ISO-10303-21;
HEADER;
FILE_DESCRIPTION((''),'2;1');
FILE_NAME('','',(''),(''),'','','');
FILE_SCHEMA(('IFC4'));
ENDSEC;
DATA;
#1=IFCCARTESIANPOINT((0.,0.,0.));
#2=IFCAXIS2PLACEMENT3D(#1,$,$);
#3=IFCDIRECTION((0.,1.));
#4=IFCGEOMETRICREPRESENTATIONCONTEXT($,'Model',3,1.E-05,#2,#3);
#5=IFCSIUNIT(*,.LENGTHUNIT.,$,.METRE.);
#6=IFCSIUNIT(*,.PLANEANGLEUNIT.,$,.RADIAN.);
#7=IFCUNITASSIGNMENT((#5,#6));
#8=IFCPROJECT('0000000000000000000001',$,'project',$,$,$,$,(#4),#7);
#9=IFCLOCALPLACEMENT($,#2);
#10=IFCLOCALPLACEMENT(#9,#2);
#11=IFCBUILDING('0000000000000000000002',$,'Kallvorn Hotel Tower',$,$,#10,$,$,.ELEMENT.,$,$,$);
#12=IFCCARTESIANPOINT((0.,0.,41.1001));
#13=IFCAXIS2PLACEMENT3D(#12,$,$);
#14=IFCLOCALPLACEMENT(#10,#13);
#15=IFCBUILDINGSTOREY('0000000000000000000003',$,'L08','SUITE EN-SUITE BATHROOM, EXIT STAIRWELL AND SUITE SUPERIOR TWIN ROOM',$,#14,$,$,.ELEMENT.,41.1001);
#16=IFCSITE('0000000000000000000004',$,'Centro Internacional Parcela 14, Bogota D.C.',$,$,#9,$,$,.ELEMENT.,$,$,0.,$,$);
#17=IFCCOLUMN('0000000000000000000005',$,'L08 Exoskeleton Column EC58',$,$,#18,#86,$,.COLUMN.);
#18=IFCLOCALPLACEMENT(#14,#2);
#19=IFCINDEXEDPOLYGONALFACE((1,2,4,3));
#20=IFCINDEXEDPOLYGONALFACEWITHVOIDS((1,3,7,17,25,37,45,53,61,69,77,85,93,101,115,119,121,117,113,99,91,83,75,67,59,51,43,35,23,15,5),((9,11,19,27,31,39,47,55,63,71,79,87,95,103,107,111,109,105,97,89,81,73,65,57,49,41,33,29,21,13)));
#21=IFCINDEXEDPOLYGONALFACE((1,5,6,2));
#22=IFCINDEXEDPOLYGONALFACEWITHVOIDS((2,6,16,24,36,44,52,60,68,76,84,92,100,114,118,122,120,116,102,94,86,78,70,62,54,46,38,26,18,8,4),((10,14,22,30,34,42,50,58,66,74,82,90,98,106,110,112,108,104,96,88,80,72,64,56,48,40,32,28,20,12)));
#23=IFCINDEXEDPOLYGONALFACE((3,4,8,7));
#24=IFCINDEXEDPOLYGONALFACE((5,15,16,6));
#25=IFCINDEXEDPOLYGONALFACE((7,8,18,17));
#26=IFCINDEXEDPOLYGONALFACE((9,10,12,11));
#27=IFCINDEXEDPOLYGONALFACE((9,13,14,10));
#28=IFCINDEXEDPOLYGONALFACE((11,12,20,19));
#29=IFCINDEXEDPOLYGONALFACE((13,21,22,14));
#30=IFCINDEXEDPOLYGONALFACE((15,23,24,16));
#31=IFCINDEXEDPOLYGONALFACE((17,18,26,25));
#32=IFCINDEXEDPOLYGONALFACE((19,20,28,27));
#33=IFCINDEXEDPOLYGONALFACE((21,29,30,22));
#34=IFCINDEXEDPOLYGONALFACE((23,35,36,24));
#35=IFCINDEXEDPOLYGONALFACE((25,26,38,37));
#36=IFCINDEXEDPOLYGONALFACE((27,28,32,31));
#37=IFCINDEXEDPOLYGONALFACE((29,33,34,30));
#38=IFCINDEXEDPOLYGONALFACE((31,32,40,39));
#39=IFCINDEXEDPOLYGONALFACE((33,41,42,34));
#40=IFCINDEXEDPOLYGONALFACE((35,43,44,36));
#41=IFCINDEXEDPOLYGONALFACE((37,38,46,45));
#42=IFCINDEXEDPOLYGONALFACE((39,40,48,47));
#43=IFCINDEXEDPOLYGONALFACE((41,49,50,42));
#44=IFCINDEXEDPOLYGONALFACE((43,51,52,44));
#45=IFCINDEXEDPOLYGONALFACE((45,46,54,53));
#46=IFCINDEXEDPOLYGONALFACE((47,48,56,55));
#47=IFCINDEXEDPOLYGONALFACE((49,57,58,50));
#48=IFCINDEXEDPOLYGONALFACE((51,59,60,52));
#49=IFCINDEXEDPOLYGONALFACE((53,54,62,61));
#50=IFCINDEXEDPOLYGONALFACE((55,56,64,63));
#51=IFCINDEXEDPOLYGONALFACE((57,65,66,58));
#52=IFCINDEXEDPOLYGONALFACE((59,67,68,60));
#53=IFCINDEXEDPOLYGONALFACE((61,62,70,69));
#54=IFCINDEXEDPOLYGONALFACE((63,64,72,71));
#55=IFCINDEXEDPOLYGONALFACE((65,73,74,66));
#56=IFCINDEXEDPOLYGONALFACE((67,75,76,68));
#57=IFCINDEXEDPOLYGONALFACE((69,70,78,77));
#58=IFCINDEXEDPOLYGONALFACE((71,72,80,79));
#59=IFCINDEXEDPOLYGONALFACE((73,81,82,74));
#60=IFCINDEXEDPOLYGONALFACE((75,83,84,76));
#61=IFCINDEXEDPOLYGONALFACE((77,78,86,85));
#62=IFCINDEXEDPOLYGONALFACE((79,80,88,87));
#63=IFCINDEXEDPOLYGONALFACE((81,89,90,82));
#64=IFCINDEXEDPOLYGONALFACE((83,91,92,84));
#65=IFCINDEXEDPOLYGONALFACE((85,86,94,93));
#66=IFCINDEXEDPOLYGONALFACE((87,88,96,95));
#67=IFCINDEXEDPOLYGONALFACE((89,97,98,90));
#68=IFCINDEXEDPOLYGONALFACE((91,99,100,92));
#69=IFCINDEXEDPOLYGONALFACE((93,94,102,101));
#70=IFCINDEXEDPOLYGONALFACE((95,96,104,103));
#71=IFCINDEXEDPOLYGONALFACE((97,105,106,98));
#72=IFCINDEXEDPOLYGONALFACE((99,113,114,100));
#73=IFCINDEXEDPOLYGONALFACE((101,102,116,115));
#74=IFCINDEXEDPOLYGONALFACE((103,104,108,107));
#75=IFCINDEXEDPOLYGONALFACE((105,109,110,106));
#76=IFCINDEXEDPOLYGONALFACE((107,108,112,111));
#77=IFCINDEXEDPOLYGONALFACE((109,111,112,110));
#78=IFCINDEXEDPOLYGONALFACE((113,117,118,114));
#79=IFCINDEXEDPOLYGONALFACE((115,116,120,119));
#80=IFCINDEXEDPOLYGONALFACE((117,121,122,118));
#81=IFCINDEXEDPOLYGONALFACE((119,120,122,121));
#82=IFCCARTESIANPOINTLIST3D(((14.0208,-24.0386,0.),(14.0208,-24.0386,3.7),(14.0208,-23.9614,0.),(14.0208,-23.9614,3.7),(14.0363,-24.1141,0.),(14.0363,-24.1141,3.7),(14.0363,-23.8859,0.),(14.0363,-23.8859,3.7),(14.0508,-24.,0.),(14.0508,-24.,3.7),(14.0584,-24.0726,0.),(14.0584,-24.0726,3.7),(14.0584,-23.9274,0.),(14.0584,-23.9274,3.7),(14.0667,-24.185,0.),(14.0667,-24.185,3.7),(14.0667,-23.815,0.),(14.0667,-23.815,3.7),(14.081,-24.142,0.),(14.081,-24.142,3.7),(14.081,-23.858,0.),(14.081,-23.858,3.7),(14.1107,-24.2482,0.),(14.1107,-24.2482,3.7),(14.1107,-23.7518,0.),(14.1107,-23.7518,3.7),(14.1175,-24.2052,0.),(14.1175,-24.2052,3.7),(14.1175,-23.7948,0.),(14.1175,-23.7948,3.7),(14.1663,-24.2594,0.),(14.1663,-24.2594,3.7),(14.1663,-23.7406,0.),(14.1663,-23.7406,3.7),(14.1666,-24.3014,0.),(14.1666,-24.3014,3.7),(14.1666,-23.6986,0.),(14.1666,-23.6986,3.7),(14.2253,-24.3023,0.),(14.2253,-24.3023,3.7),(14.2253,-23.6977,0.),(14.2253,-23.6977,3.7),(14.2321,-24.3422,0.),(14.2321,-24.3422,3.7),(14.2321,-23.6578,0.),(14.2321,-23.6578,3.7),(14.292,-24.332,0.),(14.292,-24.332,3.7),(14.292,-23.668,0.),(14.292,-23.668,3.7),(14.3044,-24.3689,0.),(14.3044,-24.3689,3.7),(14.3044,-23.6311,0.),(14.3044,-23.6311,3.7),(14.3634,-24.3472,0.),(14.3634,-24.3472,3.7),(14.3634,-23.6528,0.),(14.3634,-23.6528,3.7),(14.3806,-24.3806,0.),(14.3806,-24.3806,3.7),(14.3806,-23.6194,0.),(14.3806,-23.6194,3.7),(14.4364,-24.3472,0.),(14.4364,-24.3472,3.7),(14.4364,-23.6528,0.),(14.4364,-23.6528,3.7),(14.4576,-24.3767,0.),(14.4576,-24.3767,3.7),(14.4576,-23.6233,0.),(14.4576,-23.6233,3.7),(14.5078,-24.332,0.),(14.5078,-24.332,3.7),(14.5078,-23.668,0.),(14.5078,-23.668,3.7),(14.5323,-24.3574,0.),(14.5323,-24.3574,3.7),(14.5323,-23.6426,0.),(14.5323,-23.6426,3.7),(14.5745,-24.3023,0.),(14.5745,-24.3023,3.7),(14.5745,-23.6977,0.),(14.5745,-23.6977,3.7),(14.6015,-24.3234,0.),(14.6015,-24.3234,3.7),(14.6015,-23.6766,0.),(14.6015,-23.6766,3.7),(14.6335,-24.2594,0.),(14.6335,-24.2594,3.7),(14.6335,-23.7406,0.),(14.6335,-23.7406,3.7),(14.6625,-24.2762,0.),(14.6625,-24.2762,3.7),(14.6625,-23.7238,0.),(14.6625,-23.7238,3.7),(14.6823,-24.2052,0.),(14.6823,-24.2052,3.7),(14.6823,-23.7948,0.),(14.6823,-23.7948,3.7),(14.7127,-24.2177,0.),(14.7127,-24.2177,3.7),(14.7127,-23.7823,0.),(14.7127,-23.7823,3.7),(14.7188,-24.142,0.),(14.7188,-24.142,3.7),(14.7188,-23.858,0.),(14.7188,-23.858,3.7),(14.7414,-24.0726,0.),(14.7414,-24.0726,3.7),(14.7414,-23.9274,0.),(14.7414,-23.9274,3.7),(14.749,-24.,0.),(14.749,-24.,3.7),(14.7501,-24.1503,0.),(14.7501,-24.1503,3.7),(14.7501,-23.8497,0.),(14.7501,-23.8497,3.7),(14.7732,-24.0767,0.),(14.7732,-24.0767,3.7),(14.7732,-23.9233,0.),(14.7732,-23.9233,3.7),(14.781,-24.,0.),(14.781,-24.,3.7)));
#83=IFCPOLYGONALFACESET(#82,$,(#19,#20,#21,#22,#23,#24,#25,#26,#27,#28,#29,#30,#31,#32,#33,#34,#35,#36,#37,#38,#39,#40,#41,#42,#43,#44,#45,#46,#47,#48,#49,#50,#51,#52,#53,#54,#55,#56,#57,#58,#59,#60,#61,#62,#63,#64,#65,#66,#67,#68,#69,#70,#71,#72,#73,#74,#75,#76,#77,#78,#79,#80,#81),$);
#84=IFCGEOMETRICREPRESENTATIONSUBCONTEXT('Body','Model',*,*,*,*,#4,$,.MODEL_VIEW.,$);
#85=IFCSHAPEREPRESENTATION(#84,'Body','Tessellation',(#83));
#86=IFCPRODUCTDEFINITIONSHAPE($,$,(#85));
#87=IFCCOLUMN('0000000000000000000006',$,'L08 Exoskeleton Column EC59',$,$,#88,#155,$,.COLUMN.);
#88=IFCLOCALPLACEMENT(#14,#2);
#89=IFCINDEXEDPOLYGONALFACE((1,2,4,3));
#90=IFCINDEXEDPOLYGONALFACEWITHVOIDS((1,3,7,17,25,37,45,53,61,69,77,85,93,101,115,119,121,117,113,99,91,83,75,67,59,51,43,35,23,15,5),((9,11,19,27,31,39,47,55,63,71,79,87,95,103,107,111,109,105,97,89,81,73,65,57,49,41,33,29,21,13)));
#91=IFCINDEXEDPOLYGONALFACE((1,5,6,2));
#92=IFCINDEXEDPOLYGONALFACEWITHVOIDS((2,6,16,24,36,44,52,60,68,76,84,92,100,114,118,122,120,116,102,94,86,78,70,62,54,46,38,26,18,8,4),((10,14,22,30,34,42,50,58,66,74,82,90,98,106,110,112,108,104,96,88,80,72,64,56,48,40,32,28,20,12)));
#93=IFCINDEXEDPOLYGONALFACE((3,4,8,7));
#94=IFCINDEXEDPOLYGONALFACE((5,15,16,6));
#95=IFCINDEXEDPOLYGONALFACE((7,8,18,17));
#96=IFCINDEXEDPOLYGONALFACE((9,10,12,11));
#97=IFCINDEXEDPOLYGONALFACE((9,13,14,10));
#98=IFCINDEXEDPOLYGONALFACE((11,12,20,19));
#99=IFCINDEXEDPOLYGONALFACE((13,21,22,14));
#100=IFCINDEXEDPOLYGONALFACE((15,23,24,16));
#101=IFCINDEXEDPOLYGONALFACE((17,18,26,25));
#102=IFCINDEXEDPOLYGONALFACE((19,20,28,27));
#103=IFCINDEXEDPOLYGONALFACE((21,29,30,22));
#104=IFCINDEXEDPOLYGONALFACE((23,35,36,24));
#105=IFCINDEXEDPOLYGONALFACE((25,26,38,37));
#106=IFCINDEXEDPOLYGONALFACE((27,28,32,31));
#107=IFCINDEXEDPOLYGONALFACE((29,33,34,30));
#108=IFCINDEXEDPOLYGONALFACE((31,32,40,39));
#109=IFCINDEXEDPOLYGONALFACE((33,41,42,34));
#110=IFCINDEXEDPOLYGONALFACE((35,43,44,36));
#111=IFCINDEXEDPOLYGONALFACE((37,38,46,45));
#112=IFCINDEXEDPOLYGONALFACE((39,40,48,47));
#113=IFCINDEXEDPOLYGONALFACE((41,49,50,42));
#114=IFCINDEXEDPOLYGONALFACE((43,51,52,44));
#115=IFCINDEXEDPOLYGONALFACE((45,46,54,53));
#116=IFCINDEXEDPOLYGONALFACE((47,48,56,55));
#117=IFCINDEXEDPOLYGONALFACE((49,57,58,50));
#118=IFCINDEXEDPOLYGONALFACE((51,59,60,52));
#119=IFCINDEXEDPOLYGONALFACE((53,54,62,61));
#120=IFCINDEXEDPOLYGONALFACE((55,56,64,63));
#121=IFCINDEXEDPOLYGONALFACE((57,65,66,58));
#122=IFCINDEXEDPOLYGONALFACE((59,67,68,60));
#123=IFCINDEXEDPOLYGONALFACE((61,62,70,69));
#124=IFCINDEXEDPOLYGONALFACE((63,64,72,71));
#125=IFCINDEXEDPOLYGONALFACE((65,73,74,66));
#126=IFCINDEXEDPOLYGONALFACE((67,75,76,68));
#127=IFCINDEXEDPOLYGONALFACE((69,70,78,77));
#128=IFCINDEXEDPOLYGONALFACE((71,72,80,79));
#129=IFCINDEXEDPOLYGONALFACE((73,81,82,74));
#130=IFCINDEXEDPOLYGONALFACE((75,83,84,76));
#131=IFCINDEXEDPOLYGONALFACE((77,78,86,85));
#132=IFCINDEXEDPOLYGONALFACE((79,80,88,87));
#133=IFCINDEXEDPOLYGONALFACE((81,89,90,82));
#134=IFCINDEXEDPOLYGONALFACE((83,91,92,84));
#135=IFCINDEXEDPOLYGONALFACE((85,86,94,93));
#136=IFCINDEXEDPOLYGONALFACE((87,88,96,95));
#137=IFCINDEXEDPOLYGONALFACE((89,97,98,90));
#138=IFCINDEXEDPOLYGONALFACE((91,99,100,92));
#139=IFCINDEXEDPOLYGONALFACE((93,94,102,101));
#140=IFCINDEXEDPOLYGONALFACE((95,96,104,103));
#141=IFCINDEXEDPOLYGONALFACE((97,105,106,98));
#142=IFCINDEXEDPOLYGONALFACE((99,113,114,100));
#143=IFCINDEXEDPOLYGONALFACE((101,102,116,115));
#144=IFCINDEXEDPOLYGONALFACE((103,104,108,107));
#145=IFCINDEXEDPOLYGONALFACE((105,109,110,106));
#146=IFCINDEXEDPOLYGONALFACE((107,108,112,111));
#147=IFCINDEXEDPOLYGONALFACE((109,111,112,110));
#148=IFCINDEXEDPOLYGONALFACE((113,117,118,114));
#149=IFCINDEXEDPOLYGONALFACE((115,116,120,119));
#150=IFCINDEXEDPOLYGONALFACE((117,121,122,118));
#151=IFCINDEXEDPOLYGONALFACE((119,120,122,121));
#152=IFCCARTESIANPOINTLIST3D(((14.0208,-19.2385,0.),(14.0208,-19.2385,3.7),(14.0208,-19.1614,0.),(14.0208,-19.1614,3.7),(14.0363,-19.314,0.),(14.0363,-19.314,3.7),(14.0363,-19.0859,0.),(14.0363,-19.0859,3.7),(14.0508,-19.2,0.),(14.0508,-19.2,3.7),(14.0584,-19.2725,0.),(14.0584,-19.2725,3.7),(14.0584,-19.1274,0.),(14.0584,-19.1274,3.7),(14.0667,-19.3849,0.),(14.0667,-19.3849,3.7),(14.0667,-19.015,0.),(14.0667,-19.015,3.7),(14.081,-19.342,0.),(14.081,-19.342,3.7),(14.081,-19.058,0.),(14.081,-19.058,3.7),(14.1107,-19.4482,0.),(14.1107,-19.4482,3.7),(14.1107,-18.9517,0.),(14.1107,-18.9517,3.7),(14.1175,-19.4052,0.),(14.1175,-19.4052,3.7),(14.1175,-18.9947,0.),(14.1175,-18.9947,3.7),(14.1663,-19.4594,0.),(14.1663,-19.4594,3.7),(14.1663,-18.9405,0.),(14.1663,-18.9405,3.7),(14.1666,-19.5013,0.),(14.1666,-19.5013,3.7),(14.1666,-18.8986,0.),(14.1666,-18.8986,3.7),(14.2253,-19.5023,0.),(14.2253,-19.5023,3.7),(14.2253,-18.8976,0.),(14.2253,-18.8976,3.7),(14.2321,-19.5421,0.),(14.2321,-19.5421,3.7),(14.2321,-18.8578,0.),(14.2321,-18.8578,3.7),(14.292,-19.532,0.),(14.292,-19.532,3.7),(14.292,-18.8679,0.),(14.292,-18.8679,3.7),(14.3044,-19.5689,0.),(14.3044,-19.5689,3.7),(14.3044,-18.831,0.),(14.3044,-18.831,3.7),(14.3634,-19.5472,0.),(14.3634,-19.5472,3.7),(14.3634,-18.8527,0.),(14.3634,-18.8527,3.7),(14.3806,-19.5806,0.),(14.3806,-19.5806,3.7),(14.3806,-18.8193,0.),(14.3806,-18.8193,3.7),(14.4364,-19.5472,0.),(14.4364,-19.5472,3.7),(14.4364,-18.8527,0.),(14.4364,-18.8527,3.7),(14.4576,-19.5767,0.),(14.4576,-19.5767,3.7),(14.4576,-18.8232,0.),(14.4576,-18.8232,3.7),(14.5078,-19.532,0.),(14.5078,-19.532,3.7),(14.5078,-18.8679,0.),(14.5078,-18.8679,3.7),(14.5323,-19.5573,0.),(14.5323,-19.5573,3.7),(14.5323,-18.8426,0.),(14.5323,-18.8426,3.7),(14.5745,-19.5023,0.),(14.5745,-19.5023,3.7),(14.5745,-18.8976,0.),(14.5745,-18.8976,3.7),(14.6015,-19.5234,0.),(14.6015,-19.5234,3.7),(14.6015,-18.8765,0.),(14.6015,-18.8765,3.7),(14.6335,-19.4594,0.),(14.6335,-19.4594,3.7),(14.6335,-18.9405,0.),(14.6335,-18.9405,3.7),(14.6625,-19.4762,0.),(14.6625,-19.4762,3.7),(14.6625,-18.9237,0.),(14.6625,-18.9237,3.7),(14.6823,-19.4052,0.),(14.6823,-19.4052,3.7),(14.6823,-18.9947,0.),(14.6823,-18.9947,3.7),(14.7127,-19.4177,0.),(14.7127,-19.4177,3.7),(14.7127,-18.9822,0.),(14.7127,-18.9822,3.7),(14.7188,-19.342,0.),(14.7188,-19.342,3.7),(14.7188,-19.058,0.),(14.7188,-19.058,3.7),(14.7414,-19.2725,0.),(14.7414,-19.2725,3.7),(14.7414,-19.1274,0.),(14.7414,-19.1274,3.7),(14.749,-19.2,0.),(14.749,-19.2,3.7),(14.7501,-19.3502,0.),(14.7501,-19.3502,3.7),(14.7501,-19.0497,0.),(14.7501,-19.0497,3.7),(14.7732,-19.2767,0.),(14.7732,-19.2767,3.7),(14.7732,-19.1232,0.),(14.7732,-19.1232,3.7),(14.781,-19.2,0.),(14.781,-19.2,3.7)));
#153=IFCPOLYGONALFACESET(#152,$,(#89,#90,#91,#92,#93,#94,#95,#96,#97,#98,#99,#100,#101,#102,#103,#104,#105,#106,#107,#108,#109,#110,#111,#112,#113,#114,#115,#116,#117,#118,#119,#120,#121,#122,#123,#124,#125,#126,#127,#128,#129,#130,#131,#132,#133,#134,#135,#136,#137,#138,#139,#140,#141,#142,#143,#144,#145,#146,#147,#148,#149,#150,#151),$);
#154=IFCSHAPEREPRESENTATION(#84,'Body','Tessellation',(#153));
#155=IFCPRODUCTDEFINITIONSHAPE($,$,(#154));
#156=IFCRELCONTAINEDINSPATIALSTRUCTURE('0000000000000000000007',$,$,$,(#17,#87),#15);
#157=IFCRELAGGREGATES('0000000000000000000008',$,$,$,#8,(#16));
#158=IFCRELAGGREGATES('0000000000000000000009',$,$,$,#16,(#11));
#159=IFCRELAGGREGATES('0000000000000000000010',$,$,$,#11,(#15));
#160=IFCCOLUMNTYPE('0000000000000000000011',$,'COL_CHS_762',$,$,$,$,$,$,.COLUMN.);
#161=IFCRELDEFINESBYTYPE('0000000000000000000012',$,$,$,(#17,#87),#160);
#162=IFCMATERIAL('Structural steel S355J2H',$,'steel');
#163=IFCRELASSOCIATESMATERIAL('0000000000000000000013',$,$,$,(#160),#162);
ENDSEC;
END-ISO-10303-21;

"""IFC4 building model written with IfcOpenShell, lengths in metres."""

from ifc_helpers import new_model, si_unit, direction, frame, origin, origin_2d, place, context, subcontext, project, spatial, hollow_circle, extrude, material, material_profile, profile_set, type_object, element, save


model = new_model("IFC4")

# Units and contexts
model_context = context("Model", 3, precision=1e-05, world=origin(), true_north=direction((0.0, 1.0)))
body_context = subcontext(model_context, "Body", "Model", "MODEL_VIEW")
ifc_project = project(units=[si_unit("LENGTHUNIT", "METRE"), si_unit("PLANEANGLEUNIT", "RADIAN")], contexts=[model_context])

# Site, building, storey
site_placement = place(None, origin())
site = spatial("IfcSite", under=ifc_project, at=site_placement, Name="Centro Internacional Parcela 14, Bogota D.C.", CompositionType="ELEMENT", RefElevation=0.0)
building_placement = place(site_placement, origin())
building = spatial("IfcBuilding", under=site, at=building_placement, Name="Kallvorn Hotel Tower", CompositionType="ELEMENT")
storey_placement = place(building_placement, frame((0.0, 0.0, 41.1001)))
storey = spatial("IfcBuildingStorey", under=building, at=storey_placement, Name="L08", Description="SUITE EN-SUITE BATHROOM, EXIT STAIRWELL AND SUITE SUPERIOR TWIN ROOM", CompositionType="ELEMENT", Elevation=41.1001)

# Columns
ifc_material_1 = material(Name="Structural steel S355J2H", Category="steel")
ifc_material_profile_1 = material_profile(ifc_material_1, hollow_circle(Radius=0.3811, WallThickness=0.032, at=origin_2d()), Name="CHS 762x32")
ifc_profile_set_1 = profile_set([ifc_material_profile_1], Name="Structural steel S355J2H")
column_type = type_object("IfcColumnType", Name="COL_CHS_762", PredefinedType="COLUMN", material=ifc_profile_set_1)
for number, where, z_axis, x_axis, name in (
    (1, (14.3999, -24.0, 0.0), (0.0, 0.0, 1.0), (1.0, 0.0, 0.0), "L08 Exoskeleton Column EC58"),
    (2, (14.3999, -19.2, 0.0), (0.0, 0.0, 1.0), (1.0, 0.0, 0.0), "L08 Exoskeleton Column EC59"),
):
    element("IfcColumn", number, at=place(storey_placement, frame(where, z_axis=z_axis, x_axis=x_axis)), inside=storey, type_object=column_type, Name=name, PredefinedType="COLUMN", context=body_context, shape_type="SweptSolid", body=[
        extrude(hollow_circle(Radius=0.3811, WallThickness=0.032, at=origin_2d()), origin(), (0.0, 0.0, 1.0), 3.7),
    ])

save(model, "model.ifc")
